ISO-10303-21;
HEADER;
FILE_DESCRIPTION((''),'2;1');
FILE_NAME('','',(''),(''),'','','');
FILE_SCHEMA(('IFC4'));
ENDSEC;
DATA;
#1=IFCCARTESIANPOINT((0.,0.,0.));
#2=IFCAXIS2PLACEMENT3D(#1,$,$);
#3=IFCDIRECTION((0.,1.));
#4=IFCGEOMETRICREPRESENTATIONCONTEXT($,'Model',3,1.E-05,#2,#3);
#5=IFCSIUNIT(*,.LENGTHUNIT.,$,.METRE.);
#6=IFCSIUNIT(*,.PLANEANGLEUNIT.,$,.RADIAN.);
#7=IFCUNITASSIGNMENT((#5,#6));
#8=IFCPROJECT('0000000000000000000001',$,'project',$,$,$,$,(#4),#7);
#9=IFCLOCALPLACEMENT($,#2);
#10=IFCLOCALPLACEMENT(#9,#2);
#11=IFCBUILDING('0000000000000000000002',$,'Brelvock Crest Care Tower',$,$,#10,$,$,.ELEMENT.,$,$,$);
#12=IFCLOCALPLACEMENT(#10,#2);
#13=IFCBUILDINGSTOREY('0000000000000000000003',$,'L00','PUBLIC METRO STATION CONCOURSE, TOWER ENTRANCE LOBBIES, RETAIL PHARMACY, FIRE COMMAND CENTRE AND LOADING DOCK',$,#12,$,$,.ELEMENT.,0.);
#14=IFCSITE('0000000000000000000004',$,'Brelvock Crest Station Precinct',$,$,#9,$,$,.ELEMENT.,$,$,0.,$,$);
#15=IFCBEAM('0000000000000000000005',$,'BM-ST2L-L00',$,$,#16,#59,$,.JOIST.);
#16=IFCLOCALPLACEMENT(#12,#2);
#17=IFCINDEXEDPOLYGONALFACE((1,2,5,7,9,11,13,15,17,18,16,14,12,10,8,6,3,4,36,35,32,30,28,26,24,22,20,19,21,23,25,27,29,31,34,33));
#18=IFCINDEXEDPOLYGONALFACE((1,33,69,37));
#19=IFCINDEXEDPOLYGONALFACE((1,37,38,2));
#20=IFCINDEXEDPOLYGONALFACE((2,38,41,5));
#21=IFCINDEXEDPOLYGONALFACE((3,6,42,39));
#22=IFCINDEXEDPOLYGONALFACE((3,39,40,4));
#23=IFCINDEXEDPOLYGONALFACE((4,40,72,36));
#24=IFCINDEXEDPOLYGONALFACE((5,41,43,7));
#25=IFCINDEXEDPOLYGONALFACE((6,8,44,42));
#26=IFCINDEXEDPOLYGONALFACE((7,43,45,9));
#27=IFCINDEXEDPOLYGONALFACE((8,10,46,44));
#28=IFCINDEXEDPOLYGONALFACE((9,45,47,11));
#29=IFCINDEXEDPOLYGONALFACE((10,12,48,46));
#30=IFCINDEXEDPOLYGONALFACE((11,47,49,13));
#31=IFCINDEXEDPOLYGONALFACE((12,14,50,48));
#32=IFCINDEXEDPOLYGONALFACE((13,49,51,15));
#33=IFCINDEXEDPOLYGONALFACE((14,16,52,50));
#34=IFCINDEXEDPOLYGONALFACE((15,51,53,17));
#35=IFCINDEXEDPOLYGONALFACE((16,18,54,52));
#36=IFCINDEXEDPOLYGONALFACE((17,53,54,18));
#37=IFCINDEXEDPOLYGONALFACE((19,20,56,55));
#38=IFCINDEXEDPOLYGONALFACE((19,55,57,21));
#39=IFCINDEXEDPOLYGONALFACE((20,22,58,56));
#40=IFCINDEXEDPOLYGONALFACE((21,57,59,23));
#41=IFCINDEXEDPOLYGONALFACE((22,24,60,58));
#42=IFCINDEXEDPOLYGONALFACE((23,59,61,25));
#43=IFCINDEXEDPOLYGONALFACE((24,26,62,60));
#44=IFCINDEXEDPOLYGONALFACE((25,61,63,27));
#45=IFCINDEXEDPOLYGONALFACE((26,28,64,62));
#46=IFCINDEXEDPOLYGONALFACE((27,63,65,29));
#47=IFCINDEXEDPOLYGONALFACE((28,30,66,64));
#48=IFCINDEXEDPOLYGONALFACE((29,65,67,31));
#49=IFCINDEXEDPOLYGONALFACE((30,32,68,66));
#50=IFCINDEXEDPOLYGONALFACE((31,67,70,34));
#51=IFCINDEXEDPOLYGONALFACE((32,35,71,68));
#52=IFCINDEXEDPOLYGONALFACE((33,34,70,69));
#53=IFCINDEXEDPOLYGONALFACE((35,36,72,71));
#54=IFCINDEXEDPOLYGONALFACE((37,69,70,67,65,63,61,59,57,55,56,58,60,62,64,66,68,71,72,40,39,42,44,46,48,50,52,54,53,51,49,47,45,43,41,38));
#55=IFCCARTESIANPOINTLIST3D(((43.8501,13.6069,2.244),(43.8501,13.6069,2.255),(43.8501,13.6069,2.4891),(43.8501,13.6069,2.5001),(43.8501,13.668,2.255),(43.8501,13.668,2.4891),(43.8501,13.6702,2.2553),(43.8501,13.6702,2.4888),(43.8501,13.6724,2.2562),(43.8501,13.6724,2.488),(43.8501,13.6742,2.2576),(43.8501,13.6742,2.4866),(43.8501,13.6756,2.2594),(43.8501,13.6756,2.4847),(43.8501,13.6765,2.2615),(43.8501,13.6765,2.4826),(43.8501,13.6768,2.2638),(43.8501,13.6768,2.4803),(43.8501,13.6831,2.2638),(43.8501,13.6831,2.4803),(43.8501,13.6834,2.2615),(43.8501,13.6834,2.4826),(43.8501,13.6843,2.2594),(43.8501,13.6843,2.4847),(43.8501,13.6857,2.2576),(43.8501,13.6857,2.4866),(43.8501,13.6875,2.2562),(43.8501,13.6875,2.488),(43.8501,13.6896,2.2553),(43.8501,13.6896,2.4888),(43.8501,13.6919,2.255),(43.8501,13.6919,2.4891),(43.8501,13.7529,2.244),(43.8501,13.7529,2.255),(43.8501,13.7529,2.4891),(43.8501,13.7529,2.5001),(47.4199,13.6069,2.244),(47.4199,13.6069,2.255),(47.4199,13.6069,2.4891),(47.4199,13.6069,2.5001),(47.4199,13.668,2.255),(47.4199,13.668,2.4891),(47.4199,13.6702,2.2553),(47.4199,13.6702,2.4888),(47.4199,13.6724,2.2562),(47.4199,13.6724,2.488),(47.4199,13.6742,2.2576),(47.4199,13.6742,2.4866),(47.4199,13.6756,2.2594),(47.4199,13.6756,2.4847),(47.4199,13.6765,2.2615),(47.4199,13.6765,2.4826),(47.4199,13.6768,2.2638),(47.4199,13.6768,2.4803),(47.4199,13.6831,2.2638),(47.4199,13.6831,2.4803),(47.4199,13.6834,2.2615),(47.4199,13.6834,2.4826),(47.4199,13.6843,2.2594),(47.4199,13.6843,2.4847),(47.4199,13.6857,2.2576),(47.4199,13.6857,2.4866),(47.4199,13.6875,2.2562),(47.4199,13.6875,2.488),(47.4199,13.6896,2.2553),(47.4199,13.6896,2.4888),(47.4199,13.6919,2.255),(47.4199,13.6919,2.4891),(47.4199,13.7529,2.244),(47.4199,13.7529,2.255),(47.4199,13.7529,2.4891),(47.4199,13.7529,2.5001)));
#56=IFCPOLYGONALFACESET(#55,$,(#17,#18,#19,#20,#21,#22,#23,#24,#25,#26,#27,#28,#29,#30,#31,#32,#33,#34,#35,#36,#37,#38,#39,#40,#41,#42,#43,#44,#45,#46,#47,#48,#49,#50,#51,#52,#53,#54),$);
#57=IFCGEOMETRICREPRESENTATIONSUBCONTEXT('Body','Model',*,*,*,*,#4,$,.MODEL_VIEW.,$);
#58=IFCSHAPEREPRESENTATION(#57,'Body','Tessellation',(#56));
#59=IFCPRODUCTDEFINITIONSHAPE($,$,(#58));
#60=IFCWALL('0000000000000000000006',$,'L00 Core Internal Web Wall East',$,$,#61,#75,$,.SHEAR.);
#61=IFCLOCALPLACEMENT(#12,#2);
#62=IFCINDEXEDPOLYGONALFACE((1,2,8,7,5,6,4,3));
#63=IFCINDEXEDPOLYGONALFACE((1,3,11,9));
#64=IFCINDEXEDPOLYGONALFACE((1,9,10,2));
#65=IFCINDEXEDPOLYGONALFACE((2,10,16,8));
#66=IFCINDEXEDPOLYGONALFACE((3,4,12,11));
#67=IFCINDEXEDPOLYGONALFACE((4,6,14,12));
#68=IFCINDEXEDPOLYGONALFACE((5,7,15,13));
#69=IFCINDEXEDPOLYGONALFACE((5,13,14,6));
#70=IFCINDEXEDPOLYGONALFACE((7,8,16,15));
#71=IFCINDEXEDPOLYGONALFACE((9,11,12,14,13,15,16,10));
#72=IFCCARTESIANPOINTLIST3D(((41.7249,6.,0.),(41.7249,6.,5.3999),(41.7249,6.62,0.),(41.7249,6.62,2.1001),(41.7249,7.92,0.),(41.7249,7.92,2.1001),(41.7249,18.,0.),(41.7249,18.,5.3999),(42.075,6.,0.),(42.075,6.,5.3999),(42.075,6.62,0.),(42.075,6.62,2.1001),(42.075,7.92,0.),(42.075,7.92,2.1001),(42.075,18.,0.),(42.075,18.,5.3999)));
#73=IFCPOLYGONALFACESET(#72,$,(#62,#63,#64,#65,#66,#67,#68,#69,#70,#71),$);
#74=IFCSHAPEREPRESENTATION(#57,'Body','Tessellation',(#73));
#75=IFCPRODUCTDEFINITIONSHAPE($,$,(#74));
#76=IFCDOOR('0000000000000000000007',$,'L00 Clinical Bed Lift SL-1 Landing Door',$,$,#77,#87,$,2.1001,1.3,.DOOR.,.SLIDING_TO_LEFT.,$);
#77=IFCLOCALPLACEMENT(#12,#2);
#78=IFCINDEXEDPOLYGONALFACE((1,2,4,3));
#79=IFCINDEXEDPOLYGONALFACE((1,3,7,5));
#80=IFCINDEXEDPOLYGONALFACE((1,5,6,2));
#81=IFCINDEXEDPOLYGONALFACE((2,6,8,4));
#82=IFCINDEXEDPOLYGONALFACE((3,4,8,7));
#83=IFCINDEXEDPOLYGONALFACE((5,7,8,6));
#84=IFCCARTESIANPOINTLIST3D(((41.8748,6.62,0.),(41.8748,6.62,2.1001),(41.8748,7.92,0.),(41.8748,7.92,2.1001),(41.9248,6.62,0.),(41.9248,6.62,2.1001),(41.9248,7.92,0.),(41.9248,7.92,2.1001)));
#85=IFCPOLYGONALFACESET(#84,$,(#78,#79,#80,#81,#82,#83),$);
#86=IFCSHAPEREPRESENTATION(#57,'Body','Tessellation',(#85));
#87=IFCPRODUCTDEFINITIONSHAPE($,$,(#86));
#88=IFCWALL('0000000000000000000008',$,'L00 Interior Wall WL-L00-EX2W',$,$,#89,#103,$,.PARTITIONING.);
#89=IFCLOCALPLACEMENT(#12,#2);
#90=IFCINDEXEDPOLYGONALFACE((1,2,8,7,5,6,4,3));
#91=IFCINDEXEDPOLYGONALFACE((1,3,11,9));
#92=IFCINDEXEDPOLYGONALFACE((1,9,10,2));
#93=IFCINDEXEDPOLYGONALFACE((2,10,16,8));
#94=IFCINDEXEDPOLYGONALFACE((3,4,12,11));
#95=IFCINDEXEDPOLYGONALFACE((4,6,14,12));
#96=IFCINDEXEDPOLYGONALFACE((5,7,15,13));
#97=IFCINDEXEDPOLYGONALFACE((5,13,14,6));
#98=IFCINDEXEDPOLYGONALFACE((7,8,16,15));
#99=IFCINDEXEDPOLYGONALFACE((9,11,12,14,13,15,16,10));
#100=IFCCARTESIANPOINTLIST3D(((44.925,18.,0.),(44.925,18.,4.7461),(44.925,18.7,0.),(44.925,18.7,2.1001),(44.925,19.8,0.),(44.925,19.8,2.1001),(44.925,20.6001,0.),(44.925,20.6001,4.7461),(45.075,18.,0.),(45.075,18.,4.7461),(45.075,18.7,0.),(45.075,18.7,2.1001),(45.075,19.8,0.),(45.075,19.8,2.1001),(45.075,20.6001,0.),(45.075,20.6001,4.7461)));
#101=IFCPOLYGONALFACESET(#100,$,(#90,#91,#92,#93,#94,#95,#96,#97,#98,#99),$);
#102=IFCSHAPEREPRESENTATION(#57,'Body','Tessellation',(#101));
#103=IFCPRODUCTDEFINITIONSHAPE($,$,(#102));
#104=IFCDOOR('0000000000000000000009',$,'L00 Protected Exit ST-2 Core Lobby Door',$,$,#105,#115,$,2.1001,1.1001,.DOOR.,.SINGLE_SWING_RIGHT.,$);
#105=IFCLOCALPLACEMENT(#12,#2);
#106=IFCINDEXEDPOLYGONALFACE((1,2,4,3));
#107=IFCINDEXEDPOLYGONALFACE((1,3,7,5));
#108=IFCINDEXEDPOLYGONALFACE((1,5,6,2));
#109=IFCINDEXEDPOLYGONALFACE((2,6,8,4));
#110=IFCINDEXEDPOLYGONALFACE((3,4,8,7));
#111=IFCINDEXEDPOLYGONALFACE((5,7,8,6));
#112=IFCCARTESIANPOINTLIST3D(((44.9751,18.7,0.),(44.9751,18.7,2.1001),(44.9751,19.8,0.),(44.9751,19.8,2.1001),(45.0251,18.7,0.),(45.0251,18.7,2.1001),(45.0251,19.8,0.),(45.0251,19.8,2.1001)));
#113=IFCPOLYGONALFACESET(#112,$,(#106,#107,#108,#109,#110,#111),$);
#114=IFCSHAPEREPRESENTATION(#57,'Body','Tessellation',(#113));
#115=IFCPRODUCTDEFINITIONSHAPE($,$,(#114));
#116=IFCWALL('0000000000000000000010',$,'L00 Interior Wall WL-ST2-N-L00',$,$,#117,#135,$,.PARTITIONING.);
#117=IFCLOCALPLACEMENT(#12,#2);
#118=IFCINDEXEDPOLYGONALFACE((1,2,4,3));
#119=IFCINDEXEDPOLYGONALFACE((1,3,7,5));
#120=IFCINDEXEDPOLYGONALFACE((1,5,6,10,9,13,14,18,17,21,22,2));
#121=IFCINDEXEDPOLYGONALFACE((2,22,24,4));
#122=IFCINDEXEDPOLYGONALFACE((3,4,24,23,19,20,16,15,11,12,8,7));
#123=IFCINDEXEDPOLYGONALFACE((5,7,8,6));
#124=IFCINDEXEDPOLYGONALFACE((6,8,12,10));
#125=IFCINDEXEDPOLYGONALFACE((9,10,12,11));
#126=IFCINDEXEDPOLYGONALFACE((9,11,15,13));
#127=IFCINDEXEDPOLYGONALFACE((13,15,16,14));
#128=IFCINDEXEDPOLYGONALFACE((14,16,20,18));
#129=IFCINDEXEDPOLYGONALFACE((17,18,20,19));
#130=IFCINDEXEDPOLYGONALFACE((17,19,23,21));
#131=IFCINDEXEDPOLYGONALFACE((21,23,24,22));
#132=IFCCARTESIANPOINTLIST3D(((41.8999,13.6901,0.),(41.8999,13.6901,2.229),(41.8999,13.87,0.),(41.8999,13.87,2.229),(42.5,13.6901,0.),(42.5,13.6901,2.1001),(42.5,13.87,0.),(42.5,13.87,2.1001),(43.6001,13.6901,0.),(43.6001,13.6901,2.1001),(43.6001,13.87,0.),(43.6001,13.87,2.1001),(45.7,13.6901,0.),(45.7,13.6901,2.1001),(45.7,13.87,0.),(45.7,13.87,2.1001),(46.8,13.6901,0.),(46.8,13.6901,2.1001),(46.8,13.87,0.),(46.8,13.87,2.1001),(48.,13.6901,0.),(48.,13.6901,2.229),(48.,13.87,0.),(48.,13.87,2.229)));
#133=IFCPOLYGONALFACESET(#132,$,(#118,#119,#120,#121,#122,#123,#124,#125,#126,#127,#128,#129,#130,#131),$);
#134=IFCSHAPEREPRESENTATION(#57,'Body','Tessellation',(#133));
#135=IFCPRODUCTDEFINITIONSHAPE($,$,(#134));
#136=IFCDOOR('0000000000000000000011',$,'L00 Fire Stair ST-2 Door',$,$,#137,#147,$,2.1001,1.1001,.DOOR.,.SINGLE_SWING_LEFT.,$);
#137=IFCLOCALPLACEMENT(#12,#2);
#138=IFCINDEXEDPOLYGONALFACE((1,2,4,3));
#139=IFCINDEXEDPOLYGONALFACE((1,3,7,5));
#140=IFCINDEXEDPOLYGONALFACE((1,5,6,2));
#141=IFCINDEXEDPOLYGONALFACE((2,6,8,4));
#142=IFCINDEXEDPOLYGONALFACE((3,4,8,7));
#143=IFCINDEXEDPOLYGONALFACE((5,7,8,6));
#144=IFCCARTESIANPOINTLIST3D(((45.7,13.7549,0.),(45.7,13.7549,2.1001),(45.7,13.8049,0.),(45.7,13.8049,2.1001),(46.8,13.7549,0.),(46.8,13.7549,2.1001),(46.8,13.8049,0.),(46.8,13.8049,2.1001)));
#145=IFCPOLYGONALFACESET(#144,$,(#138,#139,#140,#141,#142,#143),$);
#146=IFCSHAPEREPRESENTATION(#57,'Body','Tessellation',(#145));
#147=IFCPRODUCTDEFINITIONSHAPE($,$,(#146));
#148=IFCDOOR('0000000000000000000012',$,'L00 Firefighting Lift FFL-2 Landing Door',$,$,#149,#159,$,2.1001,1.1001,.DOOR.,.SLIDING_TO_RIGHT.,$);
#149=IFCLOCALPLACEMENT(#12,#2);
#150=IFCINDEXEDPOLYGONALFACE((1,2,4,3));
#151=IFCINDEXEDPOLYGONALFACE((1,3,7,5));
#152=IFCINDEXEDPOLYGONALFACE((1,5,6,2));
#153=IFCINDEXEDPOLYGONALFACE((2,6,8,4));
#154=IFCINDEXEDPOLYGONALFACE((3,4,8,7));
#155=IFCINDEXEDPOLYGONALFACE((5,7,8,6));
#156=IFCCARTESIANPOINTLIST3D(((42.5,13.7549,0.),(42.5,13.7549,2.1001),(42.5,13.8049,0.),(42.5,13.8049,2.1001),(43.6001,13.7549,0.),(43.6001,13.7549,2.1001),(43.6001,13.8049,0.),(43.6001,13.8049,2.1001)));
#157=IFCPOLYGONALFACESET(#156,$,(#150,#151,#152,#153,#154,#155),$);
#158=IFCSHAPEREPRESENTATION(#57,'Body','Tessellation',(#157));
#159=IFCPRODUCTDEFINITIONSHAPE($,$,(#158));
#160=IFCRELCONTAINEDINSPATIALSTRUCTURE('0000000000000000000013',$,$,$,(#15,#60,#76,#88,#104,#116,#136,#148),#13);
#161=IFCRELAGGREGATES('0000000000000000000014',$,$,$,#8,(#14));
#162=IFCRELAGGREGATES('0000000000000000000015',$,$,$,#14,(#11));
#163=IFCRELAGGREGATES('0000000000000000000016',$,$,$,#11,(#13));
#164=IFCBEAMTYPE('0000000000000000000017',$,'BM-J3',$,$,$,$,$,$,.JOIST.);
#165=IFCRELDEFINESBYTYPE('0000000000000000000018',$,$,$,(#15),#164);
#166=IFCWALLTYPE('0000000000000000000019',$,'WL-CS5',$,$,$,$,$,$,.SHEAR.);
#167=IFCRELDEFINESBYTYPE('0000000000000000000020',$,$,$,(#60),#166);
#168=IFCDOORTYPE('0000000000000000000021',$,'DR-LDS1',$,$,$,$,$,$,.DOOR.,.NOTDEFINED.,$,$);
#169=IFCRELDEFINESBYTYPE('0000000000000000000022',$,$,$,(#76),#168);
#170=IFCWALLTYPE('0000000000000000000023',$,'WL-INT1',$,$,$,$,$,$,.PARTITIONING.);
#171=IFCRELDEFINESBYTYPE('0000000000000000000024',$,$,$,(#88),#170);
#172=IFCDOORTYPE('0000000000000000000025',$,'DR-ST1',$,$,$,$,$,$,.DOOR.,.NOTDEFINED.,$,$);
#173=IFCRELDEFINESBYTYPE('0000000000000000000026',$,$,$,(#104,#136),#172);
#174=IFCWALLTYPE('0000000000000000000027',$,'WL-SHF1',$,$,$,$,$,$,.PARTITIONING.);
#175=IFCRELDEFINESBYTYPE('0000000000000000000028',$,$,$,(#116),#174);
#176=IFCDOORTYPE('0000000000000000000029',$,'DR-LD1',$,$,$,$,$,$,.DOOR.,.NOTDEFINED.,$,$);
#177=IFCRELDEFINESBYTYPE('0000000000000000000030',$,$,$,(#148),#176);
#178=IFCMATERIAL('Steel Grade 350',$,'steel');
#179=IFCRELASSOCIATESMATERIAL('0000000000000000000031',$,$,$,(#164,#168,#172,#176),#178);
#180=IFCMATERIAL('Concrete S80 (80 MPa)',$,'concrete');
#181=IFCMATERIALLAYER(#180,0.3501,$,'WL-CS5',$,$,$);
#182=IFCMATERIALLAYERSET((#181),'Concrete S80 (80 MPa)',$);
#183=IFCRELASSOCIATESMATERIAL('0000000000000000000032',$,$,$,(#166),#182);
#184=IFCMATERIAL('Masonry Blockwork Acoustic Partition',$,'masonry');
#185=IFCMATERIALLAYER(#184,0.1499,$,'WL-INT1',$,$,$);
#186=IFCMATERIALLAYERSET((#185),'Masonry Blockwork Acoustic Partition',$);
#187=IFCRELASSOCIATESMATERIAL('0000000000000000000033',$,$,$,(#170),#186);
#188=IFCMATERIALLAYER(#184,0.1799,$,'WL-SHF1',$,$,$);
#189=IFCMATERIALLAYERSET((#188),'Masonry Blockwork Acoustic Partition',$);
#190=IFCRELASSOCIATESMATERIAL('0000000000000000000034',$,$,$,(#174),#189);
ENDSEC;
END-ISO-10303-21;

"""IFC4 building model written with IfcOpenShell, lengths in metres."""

from ifc_helpers import new_model, si_unit, direction, frame, frame_2d, origin, origin_2d, place, context, subcontext, project, spatial, rectangle, i_section, extrude, source, transform, mapped, material, layer, layer_set, material_profile, profile_set, type_object, element, fill, save


model = new_model("IFC4")

# Units and contexts
model_context = context("Model", 3, precision=1e-05, world=origin(), true_north=direction((0.0, 1.0)))
body_context = subcontext(model_context, "Body", "Model", "MODEL_VIEW")
ifc_project = project(units=[si_unit("LENGTHUNIT", "METRE"), si_unit("PLANEANGLEUNIT", "RADIAN")], contexts=[model_context])

# Site, building, storey
site_placement = place(None, origin())
site = spatial("IfcSite", under=ifc_project, at=site_placement, Name="Brelvock Crest Station Precinct", CompositionType="ELEMENT", RefElevation=0.0)
building_placement = place(site_placement, origin())
building = spatial("IfcBuilding", under=site, at=building_placement, Name="Brelvock Crest Care Tower", CompositionType="ELEMENT")
storey_placement = place(building_placement, origin())
storey = spatial("IfcBuildingStorey", under=building, at=storey_placement, Name="L00", Description="PUBLIC METRO STATION CONCOURSE, TOWER ENTRANCE LOBBIES, RETAIL PHARMACY, FIRE COMMAND CENTRE AND LOADING DOCK", CompositionType="ELEMENT", Elevation=0.0)

# Shared definitions
ifc_material_1 = material(Name="Concrete S80 (80 MPa)", Category="concrete")

# Beam
ifc_material_2 = material(Name="Steel Grade 350", Category="steel")
ifc_material_profile_1 = material_profile(ifc_material_2, i_section(OverallWidth=0.146, OverallDepth=0.2561, WebThickness=0.0063, FlangeThickness=0.011, FilletRadius=0.0088, at=origin_2d()), Name="250UB37.3")
ifc_profile_set_1 = profile_set([ifc_material_profile_1], Name="Steel Grade 350")
beam_type_1 = type_object("IfcBeamType", Name="BM-J3", PredefinedType="JOIST", material=ifc_profile_set_1)
shared_shape_1 = source(origin(), body_context, "Body", "SweptSolid", [
    extrude(i_section(OverallWidth=0.146, OverallDepth=0.2561, WebThickness=0.0063, FlangeThickness=0.011, FilletRadius=0.0088, at=origin_2d()), origin(), (0.0, 0.0, 1.0), 3.5698),
])
beam_1_placement = place(storey_placement, frame((43.8501, 13.6799, 2.3721), z_axis=(1.0, 0.0, 0.0), x_axis=(0.0, 1.0, 0.0)))
element("IfcBeam", 1, at=beam_1_placement, inside=storey, type_object=beam_type_1, Name="BM-ST2L-L00", PredefinedType="JOIST", context=body_context, shape_type="MappedRepresentation", body=[
    mapped(shared_shape_1, transform((0.0, 0.0, 0.0), x_axis=(1.0, 0.0, 0.0), y_axis=(0.0, 1.0, 0.0), z_axis=(0.0, 0.0, 1.0), scale=1.0)),
])

# Walls, openings, doors
ifc_layer_1 = layer(ifc_material_1, 0.3501, Name="WL-CS5")
ifc_layer_set_1 = layer_set([ifc_layer_1], Name="Concrete S80 (80 MPa)")
wall_type_1 = type_object("IfcWallType", Name="WL-CS5", PredefinedType="SHEAR", material=ifc_layer_set_1)
wall_1_placement = place(storey_placement, frame((41.8999, 18.0, 0.0), z_axis=(0.0, 0.0, 1.0), x_axis=(0.0, -1.0, 0.0)))
wall_1 = element("IfcWall", 2, at=wall_1_placement, inside=storey, type_object=wall_type_1, Name="L00 Core Internal Web Wall East", PredefinedType="SHEAR", context=body_context, shape_type="SweptSolid", body=[
    extrude(rectangle(XDim=12.0, YDim=0.3501, at=frame_2d((6.0, 0.0))), origin(), (0.0, 0.0, 1.0), 5.3999),
])
opening_1_placement = place(wall_1_placement, frame((10.0801, 0.0, 0.0)))
opening_1 = element("IfcOpeningElement", 3, at=opening_1_placement, cuts=wall_1, PredefinedType="OPENING", context=body_context, shape_type="SweptSolid", body=[
    extrude(rectangle(XDim=1.3, YDim=2.1001, at=origin_2d()), frame((0.6499, 0.1851, 1.05), z_axis=(0.0, -1.0, 0.0), x_axis=(1.0, 0.0, 0.0)), (0.0, 0.0, 1.0), 0.3701),
])
door_type_1 = type_object("IfcDoorType", Name="DR-LDS1", OperationType="NOTDEFINED", PredefinedType="DOOR", material=ifc_material_2)
shared_shape_2 = source(origin(), body_context, "Body", "SweptSolid", [
    extrude(rectangle(XDim=1.3, YDim=2.1001, at=origin_2d()), frame((0.6499, 0.0249, 1.05), z_axis=(0.0, -1.0, 0.0), x_axis=(1.0, 0.0, 0.0)), (0.0, 0.0, 1.0), 0.05),
])
door_1_placement = place(opening_1_placement, origin())
door_1 = element("IfcDoor", 4, at=door_1_placement, inside=storey, type_object=door_type_1, Name="L00 Clinical Bed Lift SL-1 Landing Door", OperationType="SLIDING_TO_LEFT", OverallHeight=2.1001, OverallWidth=1.3, PredefinedType="DOOR", context=body_context, shape_type="MappedRepresentation", body=[
    mapped(shared_shape_2, transform((0.0, 0.0, 0.0), x_axis=(1.0, 0.0, 0.0), y_axis=(0.0, 1.0, 0.0), z_axis=(0.0, 0.0, 1.0), scale=1.0)),
])
fill(opening_1, door_1)
ifc_material_3 = material(Name="Masonry Blockwork Acoustic Partition", Category="masonry")
ifc_layer_2 = layer(ifc_material_3, 0.1499, Name="WL-INT1")
ifc_layer_set_2 = layer_set([ifc_layer_2], Name="Masonry Blockwork Acoustic Partition")
wall_type_2 = type_object("IfcWallType", Name="WL-INT1", PredefinedType="PARTITIONING", material=ifc_layer_set_2)
wall_2_placement = place(storey_placement, frame((45.0, 18.0, 0.0), z_axis=(0.0, 0.0, 1.0), x_axis=(0.0, 1.0, 0.0)))
wall_2 = element("IfcWall", 5, at=wall_2_placement, inside=storey, type_object=wall_type_2, Name="L00 Interior Wall WL-L00-EX2W", PredefinedType="PARTITIONING", context=body_context, shape_type="SweptSolid", body=[
    extrude(rectangle(XDim=2.6001, YDim=0.1499, at=frame_2d((1.3, 0.0))), origin(), (0.0, 0.0, 1.0), 4.7461),
])
opening_2_placement = place(wall_2_placement, frame((0.7, 0.0, 0.0)))
opening_2 = element("IfcOpeningElement", 6, at=opening_2_placement, cuts=wall_2, PredefinedType="OPENING", context=body_context, shape_type="SweptSolid", body=[
    extrude(rectangle(XDim=1.1001, YDim=2.1001, at=origin_2d()), frame((0.55, 0.085, 1.05), z_axis=(0.0, -1.0, 0.0), x_axis=(1.0, 0.0, 0.0)), (0.0, 0.0, 1.0), 0.1699),
])
door_type_2 = type_object("IfcDoorType", Name="DR-ST1", OperationType="NOTDEFINED", PredefinedType="DOOR", material=ifc_material_2)
shared_shape_3 = source(origin(), body_context, "Body", "SweptSolid", [
    extrude(rectangle(XDim=1.1001, YDim=2.1001, at=origin_2d()), frame((0.55, 0.0249, 1.05), z_axis=(0.0, -1.0, 0.0), x_axis=(1.0, 0.0, 0.0)), (0.0, 0.0, 1.0), 0.05),
])
door_2_placement = place(opening_2_placement, origin())
door_2 = element("IfcDoor", 7, at=door_2_placement, inside=storey, type_object=door_type_2, Name="L00 Protected Exit ST-2 Core Lobby Door", OperationType="SINGLE_SWING_RIGHT", OverallHeight=2.1001, OverallWidth=1.1001, PredefinedType="DOOR", context=body_context, shape_type="MappedRepresentation", body=[
    mapped(shared_shape_3, transform((0.0, 0.0, 0.0), x_axis=(1.0, 0.0, 0.0), y_axis=(0.0, 1.0, 0.0), z_axis=(0.0, 0.0, 1.0), scale=1.0)),
])
fill(opening_2, door_2)

# Wall, openings, doors
ifc_layer_3 = layer(ifc_material_3, 0.1799, Name="WL-SHF1")
ifc_layer_set_3 = layer_set([ifc_layer_3], Name="Masonry Blockwork Acoustic Partition")
wall_type_3 = type_object("IfcWallType", Name="WL-SHF1", PredefinedType="PARTITIONING", material=ifc_layer_set_3)
wall_3_placement = place(storey_placement, frame((41.8999, 13.78, 0.0), z_axis=(0.0, 0.0, 1.0), x_axis=(1.0, 0.0, 0.0)))
wall_3 = element("IfcWall", 8, at=wall_3_placement, inside=storey, type_object=wall_type_3, Name="L00 Interior Wall WL-ST2-N-L00", PredefinedType="PARTITIONING", context=body_context, shape_type="SweptSolid", body=[
    extrude(rectangle(XDim=6.1001, YDim=0.1799, at=frame_2d((3.05, 0.0))), origin(), (0.0, 0.0, 1.0), 2.229),
])
opening_3_placement = place(wall_3_placement, frame((0.6001, 0.0, 0.0)))
opening_3 = element("IfcOpeningElement", 9, at=opening_3_placement, cuts=wall_3, PredefinedType="OPENING", context=body_context, shape_type="SweptSolid", body=[
    extrude(rectangle(XDim=1.1001, YDim=2.1001, at=origin_2d()), frame((0.55, 0.1001, 1.05), z_axis=(0.0, -1.0, 0.0), x_axis=(1.0, 0.0, 0.0)), (0.0, 0.0, 1.0), 0.2),
])
opening_4_placement = place(wall_3_placement, frame((3.8, 0.0, 0.0)))
opening_4 = element("IfcOpeningElement", 10, at=opening_4_placement, cuts=wall_3, PredefinedType="OPENING", context=body_context, shape_type="SweptSolid", body=[
    extrude(rectangle(XDim=1.1001, YDim=2.1001, at=origin_2d()), frame((0.55, 0.1001, 1.05), z_axis=(0.0, -1.0, 0.0), x_axis=(1.0, 0.0, 0.0)), (0.0, 0.0, 1.0), 0.2),
])
door_3_placement = place(opening_4_placement, origin())
door_3 = element("IfcDoor", 11, at=door_3_placement, inside=storey, type_object=door_type_2, Name="L00 Fire Stair ST-2 Door", OperationType="SINGLE_SWING_LEFT", OverallHeight=2.1001, OverallWidth=1.1001, PredefinedType="DOOR", context=body_context, shape_type="MappedRepresentation", body=[
    mapped(shared_shape_3, transform((0.0, 0.0, 0.0), x_axis=(1.0, 0.0, 0.0), y_axis=(0.0, 1.0, 0.0), z_axis=(0.0, 0.0, 1.0), scale=1.0)),
])
fill(opening_4, door_3)
door_type_3 = type_object("IfcDoorType", Name="DR-LD1", OperationType="NOTDEFINED", PredefinedType="DOOR", material=ifc_material_2)
shared_shape_4 = source(origin(), body_context, "Body", "SweptSolid", [
    extrude(rectangle(XDim=1.1001, YDim=2.1001, at=origin_2d()), frame((0.55, 0.0249, 1.05), z_axis=(0.0, -1.0, 0.0), x_axis=(1.0, 0.0, 0.0)), (0.0, 0.0, 1.0), 0.05),
])
door_4_placement = place(opening_3_placement, origin())
door_4 = element("IfcDoor", 12, at=door_4_placement, inside=storey, type_object=door_type_3, Name="L00 Firefighting Lift FFL-2 Landing Door", OperationType="SLIDING_TO_RIGHT", OverallHeight=2.1001, OverallWidth=1.1001, PredefinedType="DOOR", context=body_context, shape_type="MappedRepresentation", body=[
    mapped(shared_shape_4, transform((0.0, 0.0, 0.0), x_axis=(1.0, 0.0, 0.0), y_axis=(0.0, 1.0, 0.0), z_axis=(0.0, 0.0, 1.0), scale=1.0)),
])
fill(opening_3, door_4)

save(model, "model.ifc")
